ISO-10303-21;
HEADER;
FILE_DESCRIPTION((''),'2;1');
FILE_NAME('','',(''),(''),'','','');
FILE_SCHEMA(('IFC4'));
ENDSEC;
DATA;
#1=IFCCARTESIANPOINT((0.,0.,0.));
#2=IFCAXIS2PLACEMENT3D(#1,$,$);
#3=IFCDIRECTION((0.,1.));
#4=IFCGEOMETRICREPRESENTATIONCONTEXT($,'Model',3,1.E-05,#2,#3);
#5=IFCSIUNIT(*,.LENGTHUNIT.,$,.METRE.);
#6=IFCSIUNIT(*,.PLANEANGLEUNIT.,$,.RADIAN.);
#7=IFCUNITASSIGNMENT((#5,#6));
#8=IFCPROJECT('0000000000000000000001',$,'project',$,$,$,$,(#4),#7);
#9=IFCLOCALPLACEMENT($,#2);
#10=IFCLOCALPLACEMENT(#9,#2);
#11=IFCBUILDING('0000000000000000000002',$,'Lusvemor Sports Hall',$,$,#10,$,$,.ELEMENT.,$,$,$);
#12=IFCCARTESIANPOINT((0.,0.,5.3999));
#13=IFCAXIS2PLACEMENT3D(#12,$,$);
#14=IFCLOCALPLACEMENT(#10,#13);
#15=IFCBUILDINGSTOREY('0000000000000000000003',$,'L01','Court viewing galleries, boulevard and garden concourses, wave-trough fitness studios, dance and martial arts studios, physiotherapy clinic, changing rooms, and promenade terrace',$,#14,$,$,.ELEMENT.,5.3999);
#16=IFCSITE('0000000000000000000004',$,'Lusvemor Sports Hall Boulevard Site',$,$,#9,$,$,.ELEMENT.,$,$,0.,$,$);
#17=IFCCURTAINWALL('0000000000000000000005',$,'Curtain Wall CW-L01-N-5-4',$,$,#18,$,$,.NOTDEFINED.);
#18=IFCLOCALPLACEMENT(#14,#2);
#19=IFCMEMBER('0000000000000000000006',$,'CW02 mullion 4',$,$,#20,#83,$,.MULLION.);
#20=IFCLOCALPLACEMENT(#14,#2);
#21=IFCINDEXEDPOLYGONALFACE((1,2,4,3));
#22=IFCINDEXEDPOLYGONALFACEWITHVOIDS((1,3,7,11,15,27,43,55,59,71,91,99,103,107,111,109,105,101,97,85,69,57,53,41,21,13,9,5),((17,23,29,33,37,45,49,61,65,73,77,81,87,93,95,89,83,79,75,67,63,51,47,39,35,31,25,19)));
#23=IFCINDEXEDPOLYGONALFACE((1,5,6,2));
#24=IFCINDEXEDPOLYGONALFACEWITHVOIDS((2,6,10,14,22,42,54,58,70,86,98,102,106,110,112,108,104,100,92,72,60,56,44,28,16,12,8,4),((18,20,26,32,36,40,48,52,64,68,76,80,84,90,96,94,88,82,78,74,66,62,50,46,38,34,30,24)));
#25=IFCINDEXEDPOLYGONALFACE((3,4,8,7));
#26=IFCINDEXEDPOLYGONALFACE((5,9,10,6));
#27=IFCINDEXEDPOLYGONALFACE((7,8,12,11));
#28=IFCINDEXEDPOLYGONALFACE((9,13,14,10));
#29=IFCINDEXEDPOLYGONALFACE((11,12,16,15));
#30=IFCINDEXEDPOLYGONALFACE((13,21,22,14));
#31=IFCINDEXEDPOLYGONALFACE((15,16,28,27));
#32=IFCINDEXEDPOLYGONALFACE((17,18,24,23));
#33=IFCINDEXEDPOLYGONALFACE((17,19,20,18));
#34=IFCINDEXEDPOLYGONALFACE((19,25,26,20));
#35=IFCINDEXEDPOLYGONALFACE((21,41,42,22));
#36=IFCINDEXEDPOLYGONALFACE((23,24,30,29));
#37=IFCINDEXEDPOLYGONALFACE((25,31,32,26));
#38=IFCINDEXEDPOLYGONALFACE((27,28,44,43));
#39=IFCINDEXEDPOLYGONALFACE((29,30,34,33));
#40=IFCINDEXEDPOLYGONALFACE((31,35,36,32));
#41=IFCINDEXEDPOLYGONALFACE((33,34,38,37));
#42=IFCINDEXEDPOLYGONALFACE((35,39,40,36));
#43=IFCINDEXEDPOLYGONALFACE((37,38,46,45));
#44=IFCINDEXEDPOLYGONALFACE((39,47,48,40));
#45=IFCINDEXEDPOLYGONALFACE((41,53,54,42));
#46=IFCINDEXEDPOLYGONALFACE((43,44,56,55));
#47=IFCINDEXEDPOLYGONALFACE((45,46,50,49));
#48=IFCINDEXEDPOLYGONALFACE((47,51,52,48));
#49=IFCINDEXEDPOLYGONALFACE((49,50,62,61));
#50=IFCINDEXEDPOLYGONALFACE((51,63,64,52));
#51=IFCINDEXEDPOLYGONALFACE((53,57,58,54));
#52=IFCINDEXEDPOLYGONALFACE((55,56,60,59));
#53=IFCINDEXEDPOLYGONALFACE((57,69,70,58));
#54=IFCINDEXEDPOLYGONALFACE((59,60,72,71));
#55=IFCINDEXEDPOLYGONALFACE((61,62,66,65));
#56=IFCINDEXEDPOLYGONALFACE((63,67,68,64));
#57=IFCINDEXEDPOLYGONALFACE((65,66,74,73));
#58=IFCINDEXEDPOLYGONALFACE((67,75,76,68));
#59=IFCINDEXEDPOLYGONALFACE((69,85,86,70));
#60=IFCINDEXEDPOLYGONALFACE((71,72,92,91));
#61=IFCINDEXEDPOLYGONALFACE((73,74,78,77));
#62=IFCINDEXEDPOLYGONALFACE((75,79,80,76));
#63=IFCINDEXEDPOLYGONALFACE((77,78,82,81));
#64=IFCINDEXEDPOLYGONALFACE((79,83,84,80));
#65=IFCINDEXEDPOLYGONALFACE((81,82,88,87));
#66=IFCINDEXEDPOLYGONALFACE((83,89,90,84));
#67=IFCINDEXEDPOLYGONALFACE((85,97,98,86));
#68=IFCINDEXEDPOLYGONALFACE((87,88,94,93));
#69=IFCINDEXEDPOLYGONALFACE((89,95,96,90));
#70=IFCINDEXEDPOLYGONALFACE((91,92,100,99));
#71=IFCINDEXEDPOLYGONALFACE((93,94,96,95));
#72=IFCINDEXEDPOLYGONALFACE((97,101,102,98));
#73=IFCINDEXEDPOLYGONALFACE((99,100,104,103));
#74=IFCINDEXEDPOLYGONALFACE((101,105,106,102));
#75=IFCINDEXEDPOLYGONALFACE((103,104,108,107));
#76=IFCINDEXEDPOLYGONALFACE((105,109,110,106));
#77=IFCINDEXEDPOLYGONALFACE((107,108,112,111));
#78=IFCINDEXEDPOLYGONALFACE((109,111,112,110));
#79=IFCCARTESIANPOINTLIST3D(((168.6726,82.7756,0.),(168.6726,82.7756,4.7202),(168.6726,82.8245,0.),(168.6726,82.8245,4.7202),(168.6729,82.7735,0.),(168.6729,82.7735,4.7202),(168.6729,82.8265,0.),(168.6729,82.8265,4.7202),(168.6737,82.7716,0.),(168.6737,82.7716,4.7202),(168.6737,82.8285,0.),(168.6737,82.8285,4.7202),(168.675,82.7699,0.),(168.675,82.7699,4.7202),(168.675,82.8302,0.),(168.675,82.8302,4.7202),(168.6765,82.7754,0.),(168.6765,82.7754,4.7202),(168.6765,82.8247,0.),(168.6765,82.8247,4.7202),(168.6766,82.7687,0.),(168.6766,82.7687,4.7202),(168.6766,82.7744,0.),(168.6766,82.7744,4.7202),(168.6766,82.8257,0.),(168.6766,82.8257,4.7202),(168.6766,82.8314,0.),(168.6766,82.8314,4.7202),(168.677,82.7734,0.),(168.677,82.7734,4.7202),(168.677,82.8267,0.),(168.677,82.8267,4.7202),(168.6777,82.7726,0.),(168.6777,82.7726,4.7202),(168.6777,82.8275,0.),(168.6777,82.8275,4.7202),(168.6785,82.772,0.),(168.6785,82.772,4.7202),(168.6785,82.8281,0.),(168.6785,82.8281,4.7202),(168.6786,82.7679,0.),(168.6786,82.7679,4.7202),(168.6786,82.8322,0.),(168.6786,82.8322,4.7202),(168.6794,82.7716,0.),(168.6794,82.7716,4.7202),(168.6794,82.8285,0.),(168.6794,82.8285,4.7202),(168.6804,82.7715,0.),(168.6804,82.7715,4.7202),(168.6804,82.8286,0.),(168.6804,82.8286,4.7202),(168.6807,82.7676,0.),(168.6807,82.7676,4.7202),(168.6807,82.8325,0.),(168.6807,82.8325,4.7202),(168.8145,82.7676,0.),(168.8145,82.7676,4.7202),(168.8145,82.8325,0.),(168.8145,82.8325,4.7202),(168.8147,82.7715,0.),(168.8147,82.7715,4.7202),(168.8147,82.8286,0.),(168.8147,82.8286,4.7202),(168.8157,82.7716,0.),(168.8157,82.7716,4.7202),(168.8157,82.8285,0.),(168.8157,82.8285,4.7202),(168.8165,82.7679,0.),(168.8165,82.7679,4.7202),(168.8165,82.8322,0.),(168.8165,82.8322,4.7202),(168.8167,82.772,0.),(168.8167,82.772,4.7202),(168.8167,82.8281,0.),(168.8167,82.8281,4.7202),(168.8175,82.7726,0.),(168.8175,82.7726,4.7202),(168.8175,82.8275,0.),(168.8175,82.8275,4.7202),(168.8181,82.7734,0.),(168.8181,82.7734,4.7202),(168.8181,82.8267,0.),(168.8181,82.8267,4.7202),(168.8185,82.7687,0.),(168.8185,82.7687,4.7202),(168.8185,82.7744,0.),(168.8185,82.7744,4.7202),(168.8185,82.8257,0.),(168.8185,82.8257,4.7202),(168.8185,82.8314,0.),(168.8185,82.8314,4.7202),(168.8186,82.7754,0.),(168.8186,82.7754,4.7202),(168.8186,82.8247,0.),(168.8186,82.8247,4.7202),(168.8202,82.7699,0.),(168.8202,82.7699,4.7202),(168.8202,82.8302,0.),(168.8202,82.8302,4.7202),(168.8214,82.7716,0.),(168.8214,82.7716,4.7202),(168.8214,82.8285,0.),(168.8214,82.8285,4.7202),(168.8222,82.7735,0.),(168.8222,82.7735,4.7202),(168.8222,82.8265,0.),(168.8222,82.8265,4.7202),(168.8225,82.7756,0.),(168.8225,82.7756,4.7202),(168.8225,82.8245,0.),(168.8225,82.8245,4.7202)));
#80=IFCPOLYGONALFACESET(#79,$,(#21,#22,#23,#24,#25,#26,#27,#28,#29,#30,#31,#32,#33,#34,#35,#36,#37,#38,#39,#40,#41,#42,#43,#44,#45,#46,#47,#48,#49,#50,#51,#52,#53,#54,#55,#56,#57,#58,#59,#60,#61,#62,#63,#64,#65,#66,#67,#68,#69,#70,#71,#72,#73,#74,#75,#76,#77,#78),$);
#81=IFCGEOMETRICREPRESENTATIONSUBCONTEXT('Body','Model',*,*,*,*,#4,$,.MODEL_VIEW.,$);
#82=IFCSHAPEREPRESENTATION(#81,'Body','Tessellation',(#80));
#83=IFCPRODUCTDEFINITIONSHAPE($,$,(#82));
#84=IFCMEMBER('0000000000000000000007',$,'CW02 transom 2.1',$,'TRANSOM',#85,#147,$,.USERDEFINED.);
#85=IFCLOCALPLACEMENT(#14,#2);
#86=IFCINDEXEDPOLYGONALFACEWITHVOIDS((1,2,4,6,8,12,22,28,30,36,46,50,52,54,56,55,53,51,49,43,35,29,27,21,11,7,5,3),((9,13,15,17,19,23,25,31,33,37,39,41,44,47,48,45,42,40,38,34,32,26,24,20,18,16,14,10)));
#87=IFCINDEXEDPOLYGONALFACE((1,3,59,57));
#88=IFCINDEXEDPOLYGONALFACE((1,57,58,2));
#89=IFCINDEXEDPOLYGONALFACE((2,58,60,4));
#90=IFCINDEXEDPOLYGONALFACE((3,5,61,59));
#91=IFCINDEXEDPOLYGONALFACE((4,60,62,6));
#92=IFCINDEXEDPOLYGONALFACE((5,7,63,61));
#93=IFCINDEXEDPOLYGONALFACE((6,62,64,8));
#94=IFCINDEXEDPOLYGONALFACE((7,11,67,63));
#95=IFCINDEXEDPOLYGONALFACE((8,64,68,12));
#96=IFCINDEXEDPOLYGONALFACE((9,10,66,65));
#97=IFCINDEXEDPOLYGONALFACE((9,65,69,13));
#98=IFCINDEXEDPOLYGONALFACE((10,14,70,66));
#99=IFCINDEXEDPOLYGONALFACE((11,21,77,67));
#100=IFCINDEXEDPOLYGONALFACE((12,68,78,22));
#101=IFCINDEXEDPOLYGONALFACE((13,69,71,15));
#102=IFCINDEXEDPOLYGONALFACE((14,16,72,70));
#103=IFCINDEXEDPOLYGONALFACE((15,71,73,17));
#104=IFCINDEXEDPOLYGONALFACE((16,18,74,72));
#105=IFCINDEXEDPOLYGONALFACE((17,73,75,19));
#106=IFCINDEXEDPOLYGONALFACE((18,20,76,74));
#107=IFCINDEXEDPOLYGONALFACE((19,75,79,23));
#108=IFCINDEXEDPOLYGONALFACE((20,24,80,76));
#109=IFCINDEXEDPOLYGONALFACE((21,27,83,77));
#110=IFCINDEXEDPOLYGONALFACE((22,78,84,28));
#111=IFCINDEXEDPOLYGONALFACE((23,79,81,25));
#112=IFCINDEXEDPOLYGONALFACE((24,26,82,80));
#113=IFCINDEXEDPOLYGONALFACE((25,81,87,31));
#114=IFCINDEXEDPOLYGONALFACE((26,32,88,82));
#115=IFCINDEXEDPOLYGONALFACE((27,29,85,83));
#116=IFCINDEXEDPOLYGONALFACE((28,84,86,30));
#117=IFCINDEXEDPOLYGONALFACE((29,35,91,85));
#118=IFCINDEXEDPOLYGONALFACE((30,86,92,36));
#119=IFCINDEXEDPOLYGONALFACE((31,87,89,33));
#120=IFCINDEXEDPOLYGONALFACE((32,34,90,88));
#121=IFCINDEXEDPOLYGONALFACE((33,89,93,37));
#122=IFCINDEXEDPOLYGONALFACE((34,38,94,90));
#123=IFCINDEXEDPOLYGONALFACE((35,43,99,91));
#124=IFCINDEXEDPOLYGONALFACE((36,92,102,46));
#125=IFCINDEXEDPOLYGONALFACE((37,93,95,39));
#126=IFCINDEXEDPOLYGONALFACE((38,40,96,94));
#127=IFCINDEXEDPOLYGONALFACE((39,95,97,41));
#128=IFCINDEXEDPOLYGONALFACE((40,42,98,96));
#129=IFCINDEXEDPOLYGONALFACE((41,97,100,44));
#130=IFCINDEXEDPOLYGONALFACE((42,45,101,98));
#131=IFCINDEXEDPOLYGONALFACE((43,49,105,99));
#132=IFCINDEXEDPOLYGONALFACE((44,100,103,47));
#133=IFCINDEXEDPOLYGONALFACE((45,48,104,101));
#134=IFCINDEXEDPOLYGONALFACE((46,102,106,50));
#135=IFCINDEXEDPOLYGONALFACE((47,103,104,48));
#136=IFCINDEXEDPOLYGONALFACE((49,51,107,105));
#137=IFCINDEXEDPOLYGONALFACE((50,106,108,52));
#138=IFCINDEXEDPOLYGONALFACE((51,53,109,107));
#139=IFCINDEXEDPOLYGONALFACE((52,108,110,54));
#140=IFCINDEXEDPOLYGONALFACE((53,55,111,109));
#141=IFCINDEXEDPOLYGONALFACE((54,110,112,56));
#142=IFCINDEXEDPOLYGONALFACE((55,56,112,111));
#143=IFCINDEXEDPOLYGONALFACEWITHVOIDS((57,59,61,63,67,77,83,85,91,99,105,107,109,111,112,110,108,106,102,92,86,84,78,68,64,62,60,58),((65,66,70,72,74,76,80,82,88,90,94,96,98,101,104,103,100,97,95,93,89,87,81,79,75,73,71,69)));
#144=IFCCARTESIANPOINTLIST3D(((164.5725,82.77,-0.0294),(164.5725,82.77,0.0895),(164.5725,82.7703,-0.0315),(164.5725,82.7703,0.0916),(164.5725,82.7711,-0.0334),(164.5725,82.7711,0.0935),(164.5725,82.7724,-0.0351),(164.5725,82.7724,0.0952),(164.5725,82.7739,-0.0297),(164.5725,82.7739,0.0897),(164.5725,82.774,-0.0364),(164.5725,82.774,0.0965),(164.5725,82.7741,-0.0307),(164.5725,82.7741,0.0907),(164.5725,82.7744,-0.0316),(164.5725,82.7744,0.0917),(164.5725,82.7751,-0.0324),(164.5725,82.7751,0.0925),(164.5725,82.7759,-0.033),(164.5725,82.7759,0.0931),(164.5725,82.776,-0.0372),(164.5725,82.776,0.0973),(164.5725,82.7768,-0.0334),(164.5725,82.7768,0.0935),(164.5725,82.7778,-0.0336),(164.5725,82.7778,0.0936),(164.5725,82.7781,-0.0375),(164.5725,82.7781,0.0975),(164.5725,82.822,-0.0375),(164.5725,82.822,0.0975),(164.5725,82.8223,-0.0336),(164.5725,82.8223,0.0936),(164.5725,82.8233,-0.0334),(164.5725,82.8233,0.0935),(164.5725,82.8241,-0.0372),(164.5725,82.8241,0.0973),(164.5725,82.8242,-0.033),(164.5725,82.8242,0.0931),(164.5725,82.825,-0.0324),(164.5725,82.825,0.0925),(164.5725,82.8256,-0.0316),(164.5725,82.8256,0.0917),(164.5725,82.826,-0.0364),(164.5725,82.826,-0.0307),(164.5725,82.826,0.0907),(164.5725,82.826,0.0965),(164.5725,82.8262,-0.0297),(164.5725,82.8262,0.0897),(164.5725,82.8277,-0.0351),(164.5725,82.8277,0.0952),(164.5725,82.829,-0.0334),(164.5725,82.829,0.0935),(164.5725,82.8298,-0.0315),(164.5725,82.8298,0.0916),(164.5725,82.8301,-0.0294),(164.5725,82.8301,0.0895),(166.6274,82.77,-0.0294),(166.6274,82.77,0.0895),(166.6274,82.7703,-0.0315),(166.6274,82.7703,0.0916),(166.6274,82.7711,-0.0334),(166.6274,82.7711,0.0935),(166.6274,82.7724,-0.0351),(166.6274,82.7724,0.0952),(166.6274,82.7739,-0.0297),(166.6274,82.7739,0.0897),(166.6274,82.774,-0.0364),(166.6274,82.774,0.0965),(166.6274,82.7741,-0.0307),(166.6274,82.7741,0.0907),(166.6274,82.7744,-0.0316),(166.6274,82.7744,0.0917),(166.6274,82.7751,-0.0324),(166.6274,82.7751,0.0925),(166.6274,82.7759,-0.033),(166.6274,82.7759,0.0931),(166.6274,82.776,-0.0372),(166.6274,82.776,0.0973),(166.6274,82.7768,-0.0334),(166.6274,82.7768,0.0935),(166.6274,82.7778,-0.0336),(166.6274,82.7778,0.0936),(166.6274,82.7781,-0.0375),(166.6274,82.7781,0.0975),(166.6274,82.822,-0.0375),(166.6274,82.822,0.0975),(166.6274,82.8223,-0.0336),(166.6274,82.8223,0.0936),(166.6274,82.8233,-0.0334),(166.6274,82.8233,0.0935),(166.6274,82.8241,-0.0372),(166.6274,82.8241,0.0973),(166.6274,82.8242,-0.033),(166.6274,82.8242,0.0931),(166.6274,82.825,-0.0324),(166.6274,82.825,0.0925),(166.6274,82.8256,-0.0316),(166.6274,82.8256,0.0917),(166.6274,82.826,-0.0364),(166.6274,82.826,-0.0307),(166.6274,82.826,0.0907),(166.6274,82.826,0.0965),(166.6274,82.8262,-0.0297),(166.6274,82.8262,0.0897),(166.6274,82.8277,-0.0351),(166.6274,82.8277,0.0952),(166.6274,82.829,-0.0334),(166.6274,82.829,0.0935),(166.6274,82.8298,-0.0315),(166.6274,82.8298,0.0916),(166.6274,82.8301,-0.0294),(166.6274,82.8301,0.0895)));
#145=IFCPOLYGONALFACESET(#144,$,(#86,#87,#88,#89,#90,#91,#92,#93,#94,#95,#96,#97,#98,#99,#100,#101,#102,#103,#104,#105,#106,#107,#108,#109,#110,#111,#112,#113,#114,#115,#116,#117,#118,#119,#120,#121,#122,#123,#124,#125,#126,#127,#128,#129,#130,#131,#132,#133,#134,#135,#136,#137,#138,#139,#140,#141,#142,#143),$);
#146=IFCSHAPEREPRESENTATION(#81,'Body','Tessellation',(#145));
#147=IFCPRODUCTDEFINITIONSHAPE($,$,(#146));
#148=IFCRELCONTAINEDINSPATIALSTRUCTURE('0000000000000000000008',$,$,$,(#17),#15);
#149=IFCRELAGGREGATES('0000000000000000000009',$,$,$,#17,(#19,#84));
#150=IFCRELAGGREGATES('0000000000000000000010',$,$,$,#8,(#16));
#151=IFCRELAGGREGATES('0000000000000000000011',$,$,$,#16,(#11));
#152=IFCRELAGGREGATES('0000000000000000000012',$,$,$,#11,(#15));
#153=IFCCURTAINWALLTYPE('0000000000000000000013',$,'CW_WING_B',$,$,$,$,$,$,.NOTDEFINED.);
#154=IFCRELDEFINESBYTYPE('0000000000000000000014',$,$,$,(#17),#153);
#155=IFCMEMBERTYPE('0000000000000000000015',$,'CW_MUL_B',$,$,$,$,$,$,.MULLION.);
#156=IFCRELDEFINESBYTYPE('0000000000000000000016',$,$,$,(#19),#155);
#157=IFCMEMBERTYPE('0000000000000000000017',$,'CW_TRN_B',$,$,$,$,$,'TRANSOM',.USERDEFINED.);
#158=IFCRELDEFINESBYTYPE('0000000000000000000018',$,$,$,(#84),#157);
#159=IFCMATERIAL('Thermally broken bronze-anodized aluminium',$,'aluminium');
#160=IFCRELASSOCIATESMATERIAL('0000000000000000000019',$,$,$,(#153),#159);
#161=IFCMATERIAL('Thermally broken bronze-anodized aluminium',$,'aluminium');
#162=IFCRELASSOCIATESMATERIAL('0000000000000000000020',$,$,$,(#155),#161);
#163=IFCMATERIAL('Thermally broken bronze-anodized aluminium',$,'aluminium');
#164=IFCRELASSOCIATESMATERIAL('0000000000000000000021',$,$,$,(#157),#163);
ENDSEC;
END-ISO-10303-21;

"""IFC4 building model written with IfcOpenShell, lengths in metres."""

from ifc_helpers import new_model, si_unit, direction, frame, origin, origin_2d, place, context, subcontext, project, spatial, hollow_rectangle, extrude, material, material_profile, profile_set, type_object, element, aggregate, save


model = new_model("IFC4")

# Units and contexts
model_context = context("Model", 3, precision=1e-05, world=origin(), true_north=direction((0.0, 1.0)))
body_context = subcontext(model_context, "Body", "Model", "MODEL_VIEW")
ifc_project = project(units=[si_unit("LENGTHUNIT", "METRE"), si_unit("PLANEANGLEUNIT", "RADIAN")], contexts=[model_context])

# Site, building, storey
site_placement = place(None, origin())
site = spatial("IfcSite", under=ifc_project, at=site_placement, Name="Lusvemor Sports Hall Boulevard Site", CompositionType="ELEMENT", RefElevation=0.0)
building_placement = place(site_placement, origin())
building = spatial("IfcBuilding", under=site, at=building_placement, Name="Lusvemor Sports Hall", CompositionType="ELEMENT")
storey_placement = place(building_placement, frame((0.0, 0.0, 5.3999)))
storey = spatial("IfcBuildingStorey", under=building, at=storey_placement, Name="L01", Description="Court viewing galleries, boulevard and garden concourses, wave-trough fitness studios, dance and martial arts studios, physiotherapy clinic, changing rooms, and promenade terrace", CompositionType="ELEMENT", Elevation=5.3999)

# Curtain wall, members
ifc_material_1 = material(Name="Thermally broken bronze-anodized aluminium", Category="aluminium")
curtain_wall_type = type_object("IfcCurtainWallType", Name="CW_WING_B", PredefinedType="NOTDEFINED", material=ifc_material_1)
curtain_wall_placement = place(storey_placement, origin())
curtain_wall = element("IfcCurtainWall", 1, at=curtain_wall_placement, inside=storey, type_object=curtain_wall_type, Name="Curtain Wall CW-L01-N-5-4", PredefinedType="NOTDEFINED")
ifc_material_2 = material(Name="Thermally broken bronze-anodized aluminium", Category="aluminium")
ifc_material_profile_1 = material_profile(ifc_material_2, hollow_rectangle(XDim=0.0649, YDim=0.1499, WallThickness=0.0039, InnerFilletRadius=0.0039, OuterFilletRadius=0.0081, at=origin_2d()), Name="CWMUL150x65x4")
ifc_profile_set_1 = profile_set([ifc_material_profile_1], Name="Thermally broken bronze-anodized aluminium")
member_type_1 = type_object("IfcMemberType", Name="CW_MUL_B", PredefinedType="MULLION", material=ifc_profile_set_1)
member_1_placement = place(storey_placement, frame((168.7476, 82.8, 0.0), z_axis=(0.0, 0.0, 1.0), x_axis=(0.0, 1.0, 0.0)))
member_1 = element("IfcMember", 2, at=member_1_placement, type_object=member_type_1, Name="CW02 mullion 4", PredefinedType="MULLION", context=body_context, shape_type="SweptSolid", body=[
    extrude(hollow_rectangle(XDim=0.0649, YDim=0.1499, WallThickness=0.0039, InnerFilletRadius=0.0039, OuterFilletRadius=0.0081, at=origin_2d()), origin(), (0.0, 0.0, 1.0), 4.7202),
])
ifc_material_3 = material(Name="Thermally broken bronze-anodized aluminium", Category="aluminium")
ifc_material_profile_2 = material_profile(ifc_material_3, hollow_rectangle(XDim=0.0601, YDim=0.135, WallThickness=0.0039, InnerFilletRadius=0.0039, OuterFilletRadius=0.0081, at=origin_2d()), Name="CWTRN135x60x4")
ifc_profile_set_2 = profile_set([ifc_material_profile_2], Name="Thermally broken bronze-anodized aluminium")
member_type_2 = type_object("IfcMemberType", Name="CW_TRN_B", ElementType="TRANSOM", PredefinedType="USERDEFINED", material=ifc_profile_set_2)
member_2_placement = place(storey_placement, frame((164.5725, 82.8, 0.03), z_axis=(1.0, 0.0, 0.0), x_axis=(0.0, 1.0, 0.0)))
member_2 = element("IfcMember", 3, at=member_2_placement, type_object=member_type_2, Name="CW02 transom 2.1", ObjectType="TRANSOM", PredefinedType="USERDEFINED", context=body_context, shape_type="SweptSolid", body=[
    extrude(hollow_rectangle(XDim=0.0601, YDim=0.135, WallThickness=0.0039, InnerFilletRadius=0.0039, OuterFilletRadius=0.0081, at=origin_2d()), origin(), (0.0, 0.0, 1.0), 2.0549),
])

aggregate(curtain_wall, [member_1, member_2])

save(model, "model.ifc")
